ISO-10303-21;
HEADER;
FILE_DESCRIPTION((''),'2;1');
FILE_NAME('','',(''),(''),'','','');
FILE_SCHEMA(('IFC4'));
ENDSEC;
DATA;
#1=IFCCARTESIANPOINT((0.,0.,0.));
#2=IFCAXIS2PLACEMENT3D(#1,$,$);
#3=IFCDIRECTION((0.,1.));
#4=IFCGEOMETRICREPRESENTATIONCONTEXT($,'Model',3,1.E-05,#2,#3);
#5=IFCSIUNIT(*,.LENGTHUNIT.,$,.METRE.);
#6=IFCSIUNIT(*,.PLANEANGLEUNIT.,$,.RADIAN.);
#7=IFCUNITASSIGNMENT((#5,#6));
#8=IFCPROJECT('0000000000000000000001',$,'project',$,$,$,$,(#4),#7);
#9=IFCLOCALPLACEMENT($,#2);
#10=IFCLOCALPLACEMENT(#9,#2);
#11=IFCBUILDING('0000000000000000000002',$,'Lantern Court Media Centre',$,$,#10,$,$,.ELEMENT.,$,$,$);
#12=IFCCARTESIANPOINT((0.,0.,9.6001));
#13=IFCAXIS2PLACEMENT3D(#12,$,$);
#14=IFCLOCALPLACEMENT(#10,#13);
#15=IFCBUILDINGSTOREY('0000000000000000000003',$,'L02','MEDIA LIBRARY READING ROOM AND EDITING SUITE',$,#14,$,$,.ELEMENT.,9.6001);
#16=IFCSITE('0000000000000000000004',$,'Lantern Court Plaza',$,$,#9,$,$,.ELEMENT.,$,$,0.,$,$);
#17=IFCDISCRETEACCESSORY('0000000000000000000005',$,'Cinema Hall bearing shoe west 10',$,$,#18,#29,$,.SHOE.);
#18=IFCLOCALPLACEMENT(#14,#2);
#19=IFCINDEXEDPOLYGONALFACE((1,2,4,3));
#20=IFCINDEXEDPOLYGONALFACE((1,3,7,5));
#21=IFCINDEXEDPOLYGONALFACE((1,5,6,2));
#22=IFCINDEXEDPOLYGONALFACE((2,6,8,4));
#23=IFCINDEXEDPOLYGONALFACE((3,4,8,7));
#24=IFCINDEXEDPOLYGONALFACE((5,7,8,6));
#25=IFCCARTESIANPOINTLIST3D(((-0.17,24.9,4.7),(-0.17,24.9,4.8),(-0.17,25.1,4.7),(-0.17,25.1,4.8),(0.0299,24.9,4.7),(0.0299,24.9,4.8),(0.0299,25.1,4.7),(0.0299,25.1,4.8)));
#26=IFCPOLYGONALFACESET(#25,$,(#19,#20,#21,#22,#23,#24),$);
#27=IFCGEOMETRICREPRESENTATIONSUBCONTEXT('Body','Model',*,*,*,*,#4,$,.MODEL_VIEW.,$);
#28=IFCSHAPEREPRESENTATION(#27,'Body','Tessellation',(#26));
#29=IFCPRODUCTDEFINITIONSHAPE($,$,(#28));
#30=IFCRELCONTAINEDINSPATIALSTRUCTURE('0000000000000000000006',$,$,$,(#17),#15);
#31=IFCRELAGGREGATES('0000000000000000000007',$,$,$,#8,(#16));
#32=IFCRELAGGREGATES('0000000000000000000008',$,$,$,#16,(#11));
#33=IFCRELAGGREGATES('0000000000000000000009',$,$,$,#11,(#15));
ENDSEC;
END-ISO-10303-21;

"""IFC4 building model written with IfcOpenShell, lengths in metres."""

from ifc_helpers import new_model, si_unit, direction, frame, origin, origin_2d, place, context, subcontext, project, spatial, rectangle, extrude, element, save


model = new_model("IFC4")

# Units and contexts
model_context = context("Model", 3, precision=1e-05, world=origin(), true_north=direction((0.0, 1.0)))
body_context = subcontext(model_context, "Body", "Model", "MODEL_VIEW")
ifc_project = project(units=[si_unit("LENGTHUNIT", "METRE"), si_unit("PLANEANGLEUNIT", "RADIAN")], contexts=[model_context])

# Site, building, storey
site_placement = place(None, origin())
site = spatial("IfcSite", under=ifc_project, at=site_placement, Name="Lantern Court Plaza", CompositionType="ELEMENT", RefElevation=0.0)
building_placement = place(site_placement, origin())
building = spatial("IfcBuilding", under=site, at=building_placement, Name="Lantern Court Media Centre", CompositionType="ELEMENT")
storey_placement = place(building_placement, frame((0.0, 0.0, 9.6001)))
storey = spatial("IfcBuildingStorey", under=building, at=storey_placement, Name="L02", Description="MEDIA LIBRARY READING ROOM AND EDITING SUITE", CompositionType="ELEMENT", Elevation=9.6001)

# Discrete accessory
for number, where, z_axis, x_axis, name in (
    (1, (-0.0701, 25.0, 4.7), (0.0, 0.0, 1.0), (1.0, 0.0, 0.0), "Cinema Hall bearing shoe west 10"),
):
    element("IfcDiscreteAccessory", number, at=place(storey_placement, frame(where, z_axis=z_axis, x_axis=x_axis)), inside=storey, Name=name, PredefinedType="SHOE", context=body_context, shape_type="SweptSolid", body=[
        extrude(rectangle(XDim=0.2, YDim=0.2, at=origin_2d()), origin(), (0.0, 0.0, 1.0), 0.1001),
    ])

save(model, "model.ifc")
